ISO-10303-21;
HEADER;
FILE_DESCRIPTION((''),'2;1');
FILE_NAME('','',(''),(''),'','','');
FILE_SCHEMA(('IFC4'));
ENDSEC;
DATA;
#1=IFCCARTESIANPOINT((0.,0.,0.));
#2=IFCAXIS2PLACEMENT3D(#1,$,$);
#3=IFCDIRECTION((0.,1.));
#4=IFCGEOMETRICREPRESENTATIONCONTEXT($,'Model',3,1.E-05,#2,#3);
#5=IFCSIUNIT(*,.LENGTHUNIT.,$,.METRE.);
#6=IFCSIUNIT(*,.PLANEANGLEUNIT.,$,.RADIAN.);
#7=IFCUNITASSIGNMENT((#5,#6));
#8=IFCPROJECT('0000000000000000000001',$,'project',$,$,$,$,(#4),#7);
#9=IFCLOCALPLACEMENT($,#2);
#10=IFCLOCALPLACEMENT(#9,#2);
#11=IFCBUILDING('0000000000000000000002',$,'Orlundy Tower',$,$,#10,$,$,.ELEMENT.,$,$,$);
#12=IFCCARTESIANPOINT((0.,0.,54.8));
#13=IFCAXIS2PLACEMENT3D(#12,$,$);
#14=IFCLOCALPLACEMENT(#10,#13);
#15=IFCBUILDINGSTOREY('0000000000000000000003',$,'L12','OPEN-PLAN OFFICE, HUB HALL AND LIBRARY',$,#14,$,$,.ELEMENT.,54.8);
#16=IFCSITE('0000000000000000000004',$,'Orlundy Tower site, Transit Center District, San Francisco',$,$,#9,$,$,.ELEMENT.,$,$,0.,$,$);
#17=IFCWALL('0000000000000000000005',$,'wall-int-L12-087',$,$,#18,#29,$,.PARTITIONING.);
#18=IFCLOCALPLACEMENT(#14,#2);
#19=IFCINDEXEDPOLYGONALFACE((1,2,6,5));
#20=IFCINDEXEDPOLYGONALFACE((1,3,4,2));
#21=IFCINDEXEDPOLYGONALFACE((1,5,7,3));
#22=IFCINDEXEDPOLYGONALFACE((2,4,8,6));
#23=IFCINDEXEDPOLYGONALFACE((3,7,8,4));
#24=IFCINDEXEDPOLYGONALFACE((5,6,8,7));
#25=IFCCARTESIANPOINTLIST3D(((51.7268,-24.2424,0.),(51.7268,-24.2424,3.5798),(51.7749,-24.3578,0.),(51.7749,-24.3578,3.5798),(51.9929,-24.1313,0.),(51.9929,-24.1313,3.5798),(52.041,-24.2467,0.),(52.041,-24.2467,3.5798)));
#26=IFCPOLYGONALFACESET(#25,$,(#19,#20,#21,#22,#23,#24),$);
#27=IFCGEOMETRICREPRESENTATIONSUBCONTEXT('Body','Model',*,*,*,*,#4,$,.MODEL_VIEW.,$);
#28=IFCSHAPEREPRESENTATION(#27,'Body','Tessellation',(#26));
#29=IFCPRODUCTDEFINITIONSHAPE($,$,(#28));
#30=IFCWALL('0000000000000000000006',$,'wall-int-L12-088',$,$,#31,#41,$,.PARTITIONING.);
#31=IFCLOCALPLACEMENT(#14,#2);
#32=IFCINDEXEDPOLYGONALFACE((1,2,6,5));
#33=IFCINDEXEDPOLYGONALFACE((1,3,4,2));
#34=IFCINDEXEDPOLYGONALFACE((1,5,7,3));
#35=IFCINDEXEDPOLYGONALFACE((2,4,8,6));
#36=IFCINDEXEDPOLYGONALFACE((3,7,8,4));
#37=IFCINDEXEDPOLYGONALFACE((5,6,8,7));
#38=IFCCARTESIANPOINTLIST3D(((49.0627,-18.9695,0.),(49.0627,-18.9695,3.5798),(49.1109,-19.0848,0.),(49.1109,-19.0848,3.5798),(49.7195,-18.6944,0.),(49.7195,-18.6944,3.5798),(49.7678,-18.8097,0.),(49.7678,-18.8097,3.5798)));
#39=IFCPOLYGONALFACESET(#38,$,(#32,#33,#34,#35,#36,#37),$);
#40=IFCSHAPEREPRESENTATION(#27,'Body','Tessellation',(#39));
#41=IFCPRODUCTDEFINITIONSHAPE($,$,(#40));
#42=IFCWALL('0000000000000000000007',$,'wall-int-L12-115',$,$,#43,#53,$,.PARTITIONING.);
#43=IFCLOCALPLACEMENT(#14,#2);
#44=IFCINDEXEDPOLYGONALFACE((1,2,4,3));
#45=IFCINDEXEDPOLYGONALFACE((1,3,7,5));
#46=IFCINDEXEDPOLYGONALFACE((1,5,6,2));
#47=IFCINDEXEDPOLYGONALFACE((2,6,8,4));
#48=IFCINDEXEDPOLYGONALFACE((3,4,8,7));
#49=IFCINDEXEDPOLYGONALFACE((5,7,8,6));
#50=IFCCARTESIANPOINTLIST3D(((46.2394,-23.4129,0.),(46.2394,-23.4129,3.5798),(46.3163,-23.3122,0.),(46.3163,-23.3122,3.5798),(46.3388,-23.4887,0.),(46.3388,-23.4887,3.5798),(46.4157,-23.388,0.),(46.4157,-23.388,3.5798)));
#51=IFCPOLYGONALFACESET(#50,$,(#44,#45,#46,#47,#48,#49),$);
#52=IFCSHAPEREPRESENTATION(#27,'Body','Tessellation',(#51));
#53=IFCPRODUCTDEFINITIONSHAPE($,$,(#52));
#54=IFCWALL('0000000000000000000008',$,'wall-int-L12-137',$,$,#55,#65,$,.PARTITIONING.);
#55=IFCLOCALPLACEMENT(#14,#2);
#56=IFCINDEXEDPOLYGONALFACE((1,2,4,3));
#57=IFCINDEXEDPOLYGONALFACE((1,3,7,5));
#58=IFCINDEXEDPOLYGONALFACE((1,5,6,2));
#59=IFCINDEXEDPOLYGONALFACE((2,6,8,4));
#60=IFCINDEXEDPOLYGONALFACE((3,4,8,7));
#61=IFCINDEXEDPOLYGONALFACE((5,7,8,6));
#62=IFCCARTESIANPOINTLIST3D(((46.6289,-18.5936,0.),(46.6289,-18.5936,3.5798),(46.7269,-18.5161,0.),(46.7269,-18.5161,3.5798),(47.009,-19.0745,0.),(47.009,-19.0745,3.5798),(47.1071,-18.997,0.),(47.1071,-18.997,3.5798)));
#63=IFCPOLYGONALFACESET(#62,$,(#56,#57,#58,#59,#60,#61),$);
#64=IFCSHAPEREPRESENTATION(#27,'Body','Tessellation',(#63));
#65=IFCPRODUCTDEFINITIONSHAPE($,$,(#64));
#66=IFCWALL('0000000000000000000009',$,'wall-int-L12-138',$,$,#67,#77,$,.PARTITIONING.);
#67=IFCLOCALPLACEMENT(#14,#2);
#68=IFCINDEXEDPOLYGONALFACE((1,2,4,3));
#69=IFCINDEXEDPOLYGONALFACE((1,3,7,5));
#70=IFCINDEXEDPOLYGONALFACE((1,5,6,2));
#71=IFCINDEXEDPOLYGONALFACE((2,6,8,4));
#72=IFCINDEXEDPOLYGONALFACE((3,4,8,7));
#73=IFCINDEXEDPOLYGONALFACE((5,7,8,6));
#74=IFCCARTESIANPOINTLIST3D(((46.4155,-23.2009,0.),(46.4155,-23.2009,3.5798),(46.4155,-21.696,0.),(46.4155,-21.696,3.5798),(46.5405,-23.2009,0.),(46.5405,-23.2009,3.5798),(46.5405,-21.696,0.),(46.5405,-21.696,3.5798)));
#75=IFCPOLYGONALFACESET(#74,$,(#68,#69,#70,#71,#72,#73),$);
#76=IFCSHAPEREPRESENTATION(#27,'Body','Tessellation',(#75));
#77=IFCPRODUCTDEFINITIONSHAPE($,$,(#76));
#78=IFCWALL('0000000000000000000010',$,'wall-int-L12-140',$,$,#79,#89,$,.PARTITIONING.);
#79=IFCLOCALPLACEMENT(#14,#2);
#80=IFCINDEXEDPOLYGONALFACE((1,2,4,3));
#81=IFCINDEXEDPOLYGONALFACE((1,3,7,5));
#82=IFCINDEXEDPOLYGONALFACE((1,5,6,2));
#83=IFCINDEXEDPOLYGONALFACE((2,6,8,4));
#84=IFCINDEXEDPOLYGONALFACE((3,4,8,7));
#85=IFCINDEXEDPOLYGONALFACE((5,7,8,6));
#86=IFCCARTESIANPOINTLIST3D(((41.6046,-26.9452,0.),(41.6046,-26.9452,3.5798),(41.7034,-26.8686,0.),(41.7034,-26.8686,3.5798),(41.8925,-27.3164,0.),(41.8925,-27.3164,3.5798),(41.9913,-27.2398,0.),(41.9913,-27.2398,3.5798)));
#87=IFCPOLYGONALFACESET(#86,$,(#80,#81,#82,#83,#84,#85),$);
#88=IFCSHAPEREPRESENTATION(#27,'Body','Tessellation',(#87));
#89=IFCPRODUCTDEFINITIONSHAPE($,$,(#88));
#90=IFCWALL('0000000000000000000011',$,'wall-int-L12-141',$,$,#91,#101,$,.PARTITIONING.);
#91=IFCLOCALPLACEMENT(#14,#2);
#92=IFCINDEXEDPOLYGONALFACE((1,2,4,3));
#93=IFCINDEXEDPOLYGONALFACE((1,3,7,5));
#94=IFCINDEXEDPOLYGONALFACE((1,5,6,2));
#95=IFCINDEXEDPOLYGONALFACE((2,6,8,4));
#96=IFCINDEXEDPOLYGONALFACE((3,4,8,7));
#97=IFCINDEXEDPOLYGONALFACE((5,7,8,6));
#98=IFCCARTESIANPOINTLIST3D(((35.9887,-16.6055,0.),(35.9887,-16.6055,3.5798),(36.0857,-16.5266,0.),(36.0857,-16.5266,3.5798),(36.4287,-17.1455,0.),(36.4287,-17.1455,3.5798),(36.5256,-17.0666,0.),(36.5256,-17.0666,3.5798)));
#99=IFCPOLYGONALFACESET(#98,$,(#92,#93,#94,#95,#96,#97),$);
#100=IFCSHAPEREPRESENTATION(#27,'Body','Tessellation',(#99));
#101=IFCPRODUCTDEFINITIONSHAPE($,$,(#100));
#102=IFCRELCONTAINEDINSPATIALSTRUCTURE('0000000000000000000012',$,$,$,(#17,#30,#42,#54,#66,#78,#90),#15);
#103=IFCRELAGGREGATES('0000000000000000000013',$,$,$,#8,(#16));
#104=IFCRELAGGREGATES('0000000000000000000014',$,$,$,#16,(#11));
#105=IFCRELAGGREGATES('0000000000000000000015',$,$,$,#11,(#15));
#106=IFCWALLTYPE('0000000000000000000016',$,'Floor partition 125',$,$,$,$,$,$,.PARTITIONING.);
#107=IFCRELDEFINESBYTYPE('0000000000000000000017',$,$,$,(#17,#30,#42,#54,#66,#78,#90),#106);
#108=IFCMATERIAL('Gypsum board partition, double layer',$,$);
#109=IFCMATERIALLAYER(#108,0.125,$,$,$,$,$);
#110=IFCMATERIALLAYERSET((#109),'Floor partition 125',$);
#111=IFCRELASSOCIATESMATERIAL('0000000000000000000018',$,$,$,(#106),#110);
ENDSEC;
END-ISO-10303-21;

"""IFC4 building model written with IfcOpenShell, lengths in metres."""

from ifc_helpers import new_model, si_unit, direction, frame, frame_2d, origin, place, context, subcontext, project, spatial, rectangle, extrude, material, layer, layer_set, type_object, element, save


model = new_model("IFC4")

# Units and contexts
model_context = context("Model", 3, precision=1e-05, world=origin(), true_north=direction((0.0, 1.0)))
body_context = subcontext(model_context, "Body", "Model", "MODEL_VIEW")
ifc_project = project(units=[si_unit("LENGTHUNIT", "METRE"), si_unit("PLANEANGLEUNIT", "RADIAN")], contexts=[model_context])

# Site, building, storey
site_placement = place(None, origin())
site = spatial("IfcSite", under=ifc_project, at=site_placement, Name="Orlundy Tower site, Transit Center District, San Francisco", CompositionType="ELEMENT", RefElevation=0.0)
building_placement = place(site_placement, origin())
building = spatial("IfcBuilding", under=site, at=building_placement, Name="Orlundy Tower", CompositionType="ELEMENT")
storey_placement = place(building_placement, frame((0.0, 0.0, 54.8)))
storey = spatial("IfcBuildingStorey", under=building, at=storey_placement, Name="L12", Description="OPEN-PLAN OFFICE, HUB HALL AND LIBRARY", CompositionType="ELEMENT", Elevation=54.8)

# Shared definitions
ifc_material_1 = material(Name="Gypsum board partition, double layer")
ifc_layer_1 = layer(ifc_material_1, 0.125)
ifc_layer_set_1 = layer_set([ifc_layer_1], Name="Floor partition 125")
wall_type_1 = type_object("IfcWallType", Name="Floor partition 125", PredefinedType="PARTITIONING", material=ifc_layer_set_1)

# Walls
wall_1_placement = place(storey_placement, frame((51.751, -24.3, 0.0), z_axis=(0.0, 0.0, 1.0), x_axis=(0.922826, 0.385216, 0.0)))
element("IfcWall", 1, at=wall_1_placement, inside=storey, type_object=wall_type_1, Name="wall-int-L12-087", PredefinedType="PARTITIONING", context=body_context, shape_type="SweptSolid", body=[
    extrude(rectangle(XDim=0.2883, YDim=0.125, at=frame_2d((0.144, 0.0))), origin(), (0.0, 0.0, 1.0), 3.5798),
])
wall_2_placement = place(storey_placement, frame((49.0869, -19.0271, 0.0), z_axis=(0.0, 0.0, 1.0), x_axis=(0.922376, 0.386294, 0.0)))
element("IfcWall", 2, at=wall_2_placement, inside=storey, type_object=wall_type_1, Name="wall-int-L12-088", PredefinedType="PARTITIONING", context=body_context, shape_type="SweptSolid", body=[
    extrude(rectangle(XDim=0.7122, YDim=0.125, at=frame_2d((0.356, 0.0))), origin(), (0.0, 0.0, 1.0), 3.5798),
])
wall_3_placement = place(storey_placement, frame((46.2891, -23.4509, 0.0), z_axis=(0.0, 0.0, 1.0), x_axis=(0.606449, 0.795122, 0.0)))
element("IfcWall", 3, at=wall_3_placement, inside=storey, type_object=wall_type_1, Name="wall-int-L12-115", PredefinedType="PARTITIONING", context=body_context, shape_type="SweptSolid", body=[
    extrude(rectangle(XDim=0.1267, YDim=0.125, at=frame_2d((0.0635, 0.0))), origin(), (0.0, 0.0, 1.0), 3.5798),
])
wall_4_placement = place(storey_placement, frame((47.0581, -19.0359, 0.0), z_axis=(0.0, 0.0, 1.0), x_axis=(-0.62007, 0.784546, 0.0)))
element("IfcWall", 4, at=wall_4_placement, inside=storey, type_object=wall_type_1, Name="wall-int-L12-137", PredefinedType="PARTITIONING", context=body_context, shape_type="SweptSolid", body=[
    extrude(rectangle(XDim=0.613, YDim=0.125, at=frame_2d((0.3066, 0.0))), origin(), (0.0, 0.0, 1.0), 3.5798),
])
wall_5_placement = place(storey_placement, frame((46.478, -23.2009, 0.0), z_axis=(0.0, 0.0, 1.0), x_axis=(0.0, 1.0, 0.0)))
element("IfcWall", 5, at=wall_5_placement, inside=storey, type_object=wall_type_1, Name="wall-int-L12-138", PredefinedType="PARTITIONING", context=body_context, shape_type="SweptSolid", body=[
    extrude(rectangle(XDim=1.5049, YDim=0.125, at=frame_2d((0.7524, 0.0))), origin(), (0.0, 0.0, 1.0), 3.5798),
])
wall_6_placement = place(storey_placement, frame((41.9419, -27.2781, 0.0), z_axis=(0.0, 0.0, 1.0), x_axis=(-0.612896, 0.790163, 0.0)))
element("IfcWall", 6, at=wall_6_placement, inside=storey, type_object=wall_type_1, Name="wall-int-L12-140", PredefinedType="PARTITIONING", context=body_context, shape_type="SweptSolid", body=[
    extrude(rectangle(XDim=0.4697, YDim=0.125, at=frame_2d((0.2349, 0.0))), origin(), (0.0, 0.0, 1.0), 3.5798),
])
wall_7_placement = place(storey_placement, frame((36.4771, -17.106, 0.0), z_axis=(0.0, 0.0, 1.0), x_axis=(-0.631595, 0.775299, 0.0)))
element("IfcWall", 7, at=wall_7_placement, inside=storey, type_object=wall_type_1, Name="wall-int-L12-141", PredefinedType="PARTITIONING", context=body_context, shape_type="SweptSolid", body=[
    extrude(rectangle(XDim=0.6965, YDim=0.125, at=frame_2d((0.3481, 0.0))), origin(), (0.0, 0.0, 1.0), 3.5798),
])

save(model, "model.ifc")
